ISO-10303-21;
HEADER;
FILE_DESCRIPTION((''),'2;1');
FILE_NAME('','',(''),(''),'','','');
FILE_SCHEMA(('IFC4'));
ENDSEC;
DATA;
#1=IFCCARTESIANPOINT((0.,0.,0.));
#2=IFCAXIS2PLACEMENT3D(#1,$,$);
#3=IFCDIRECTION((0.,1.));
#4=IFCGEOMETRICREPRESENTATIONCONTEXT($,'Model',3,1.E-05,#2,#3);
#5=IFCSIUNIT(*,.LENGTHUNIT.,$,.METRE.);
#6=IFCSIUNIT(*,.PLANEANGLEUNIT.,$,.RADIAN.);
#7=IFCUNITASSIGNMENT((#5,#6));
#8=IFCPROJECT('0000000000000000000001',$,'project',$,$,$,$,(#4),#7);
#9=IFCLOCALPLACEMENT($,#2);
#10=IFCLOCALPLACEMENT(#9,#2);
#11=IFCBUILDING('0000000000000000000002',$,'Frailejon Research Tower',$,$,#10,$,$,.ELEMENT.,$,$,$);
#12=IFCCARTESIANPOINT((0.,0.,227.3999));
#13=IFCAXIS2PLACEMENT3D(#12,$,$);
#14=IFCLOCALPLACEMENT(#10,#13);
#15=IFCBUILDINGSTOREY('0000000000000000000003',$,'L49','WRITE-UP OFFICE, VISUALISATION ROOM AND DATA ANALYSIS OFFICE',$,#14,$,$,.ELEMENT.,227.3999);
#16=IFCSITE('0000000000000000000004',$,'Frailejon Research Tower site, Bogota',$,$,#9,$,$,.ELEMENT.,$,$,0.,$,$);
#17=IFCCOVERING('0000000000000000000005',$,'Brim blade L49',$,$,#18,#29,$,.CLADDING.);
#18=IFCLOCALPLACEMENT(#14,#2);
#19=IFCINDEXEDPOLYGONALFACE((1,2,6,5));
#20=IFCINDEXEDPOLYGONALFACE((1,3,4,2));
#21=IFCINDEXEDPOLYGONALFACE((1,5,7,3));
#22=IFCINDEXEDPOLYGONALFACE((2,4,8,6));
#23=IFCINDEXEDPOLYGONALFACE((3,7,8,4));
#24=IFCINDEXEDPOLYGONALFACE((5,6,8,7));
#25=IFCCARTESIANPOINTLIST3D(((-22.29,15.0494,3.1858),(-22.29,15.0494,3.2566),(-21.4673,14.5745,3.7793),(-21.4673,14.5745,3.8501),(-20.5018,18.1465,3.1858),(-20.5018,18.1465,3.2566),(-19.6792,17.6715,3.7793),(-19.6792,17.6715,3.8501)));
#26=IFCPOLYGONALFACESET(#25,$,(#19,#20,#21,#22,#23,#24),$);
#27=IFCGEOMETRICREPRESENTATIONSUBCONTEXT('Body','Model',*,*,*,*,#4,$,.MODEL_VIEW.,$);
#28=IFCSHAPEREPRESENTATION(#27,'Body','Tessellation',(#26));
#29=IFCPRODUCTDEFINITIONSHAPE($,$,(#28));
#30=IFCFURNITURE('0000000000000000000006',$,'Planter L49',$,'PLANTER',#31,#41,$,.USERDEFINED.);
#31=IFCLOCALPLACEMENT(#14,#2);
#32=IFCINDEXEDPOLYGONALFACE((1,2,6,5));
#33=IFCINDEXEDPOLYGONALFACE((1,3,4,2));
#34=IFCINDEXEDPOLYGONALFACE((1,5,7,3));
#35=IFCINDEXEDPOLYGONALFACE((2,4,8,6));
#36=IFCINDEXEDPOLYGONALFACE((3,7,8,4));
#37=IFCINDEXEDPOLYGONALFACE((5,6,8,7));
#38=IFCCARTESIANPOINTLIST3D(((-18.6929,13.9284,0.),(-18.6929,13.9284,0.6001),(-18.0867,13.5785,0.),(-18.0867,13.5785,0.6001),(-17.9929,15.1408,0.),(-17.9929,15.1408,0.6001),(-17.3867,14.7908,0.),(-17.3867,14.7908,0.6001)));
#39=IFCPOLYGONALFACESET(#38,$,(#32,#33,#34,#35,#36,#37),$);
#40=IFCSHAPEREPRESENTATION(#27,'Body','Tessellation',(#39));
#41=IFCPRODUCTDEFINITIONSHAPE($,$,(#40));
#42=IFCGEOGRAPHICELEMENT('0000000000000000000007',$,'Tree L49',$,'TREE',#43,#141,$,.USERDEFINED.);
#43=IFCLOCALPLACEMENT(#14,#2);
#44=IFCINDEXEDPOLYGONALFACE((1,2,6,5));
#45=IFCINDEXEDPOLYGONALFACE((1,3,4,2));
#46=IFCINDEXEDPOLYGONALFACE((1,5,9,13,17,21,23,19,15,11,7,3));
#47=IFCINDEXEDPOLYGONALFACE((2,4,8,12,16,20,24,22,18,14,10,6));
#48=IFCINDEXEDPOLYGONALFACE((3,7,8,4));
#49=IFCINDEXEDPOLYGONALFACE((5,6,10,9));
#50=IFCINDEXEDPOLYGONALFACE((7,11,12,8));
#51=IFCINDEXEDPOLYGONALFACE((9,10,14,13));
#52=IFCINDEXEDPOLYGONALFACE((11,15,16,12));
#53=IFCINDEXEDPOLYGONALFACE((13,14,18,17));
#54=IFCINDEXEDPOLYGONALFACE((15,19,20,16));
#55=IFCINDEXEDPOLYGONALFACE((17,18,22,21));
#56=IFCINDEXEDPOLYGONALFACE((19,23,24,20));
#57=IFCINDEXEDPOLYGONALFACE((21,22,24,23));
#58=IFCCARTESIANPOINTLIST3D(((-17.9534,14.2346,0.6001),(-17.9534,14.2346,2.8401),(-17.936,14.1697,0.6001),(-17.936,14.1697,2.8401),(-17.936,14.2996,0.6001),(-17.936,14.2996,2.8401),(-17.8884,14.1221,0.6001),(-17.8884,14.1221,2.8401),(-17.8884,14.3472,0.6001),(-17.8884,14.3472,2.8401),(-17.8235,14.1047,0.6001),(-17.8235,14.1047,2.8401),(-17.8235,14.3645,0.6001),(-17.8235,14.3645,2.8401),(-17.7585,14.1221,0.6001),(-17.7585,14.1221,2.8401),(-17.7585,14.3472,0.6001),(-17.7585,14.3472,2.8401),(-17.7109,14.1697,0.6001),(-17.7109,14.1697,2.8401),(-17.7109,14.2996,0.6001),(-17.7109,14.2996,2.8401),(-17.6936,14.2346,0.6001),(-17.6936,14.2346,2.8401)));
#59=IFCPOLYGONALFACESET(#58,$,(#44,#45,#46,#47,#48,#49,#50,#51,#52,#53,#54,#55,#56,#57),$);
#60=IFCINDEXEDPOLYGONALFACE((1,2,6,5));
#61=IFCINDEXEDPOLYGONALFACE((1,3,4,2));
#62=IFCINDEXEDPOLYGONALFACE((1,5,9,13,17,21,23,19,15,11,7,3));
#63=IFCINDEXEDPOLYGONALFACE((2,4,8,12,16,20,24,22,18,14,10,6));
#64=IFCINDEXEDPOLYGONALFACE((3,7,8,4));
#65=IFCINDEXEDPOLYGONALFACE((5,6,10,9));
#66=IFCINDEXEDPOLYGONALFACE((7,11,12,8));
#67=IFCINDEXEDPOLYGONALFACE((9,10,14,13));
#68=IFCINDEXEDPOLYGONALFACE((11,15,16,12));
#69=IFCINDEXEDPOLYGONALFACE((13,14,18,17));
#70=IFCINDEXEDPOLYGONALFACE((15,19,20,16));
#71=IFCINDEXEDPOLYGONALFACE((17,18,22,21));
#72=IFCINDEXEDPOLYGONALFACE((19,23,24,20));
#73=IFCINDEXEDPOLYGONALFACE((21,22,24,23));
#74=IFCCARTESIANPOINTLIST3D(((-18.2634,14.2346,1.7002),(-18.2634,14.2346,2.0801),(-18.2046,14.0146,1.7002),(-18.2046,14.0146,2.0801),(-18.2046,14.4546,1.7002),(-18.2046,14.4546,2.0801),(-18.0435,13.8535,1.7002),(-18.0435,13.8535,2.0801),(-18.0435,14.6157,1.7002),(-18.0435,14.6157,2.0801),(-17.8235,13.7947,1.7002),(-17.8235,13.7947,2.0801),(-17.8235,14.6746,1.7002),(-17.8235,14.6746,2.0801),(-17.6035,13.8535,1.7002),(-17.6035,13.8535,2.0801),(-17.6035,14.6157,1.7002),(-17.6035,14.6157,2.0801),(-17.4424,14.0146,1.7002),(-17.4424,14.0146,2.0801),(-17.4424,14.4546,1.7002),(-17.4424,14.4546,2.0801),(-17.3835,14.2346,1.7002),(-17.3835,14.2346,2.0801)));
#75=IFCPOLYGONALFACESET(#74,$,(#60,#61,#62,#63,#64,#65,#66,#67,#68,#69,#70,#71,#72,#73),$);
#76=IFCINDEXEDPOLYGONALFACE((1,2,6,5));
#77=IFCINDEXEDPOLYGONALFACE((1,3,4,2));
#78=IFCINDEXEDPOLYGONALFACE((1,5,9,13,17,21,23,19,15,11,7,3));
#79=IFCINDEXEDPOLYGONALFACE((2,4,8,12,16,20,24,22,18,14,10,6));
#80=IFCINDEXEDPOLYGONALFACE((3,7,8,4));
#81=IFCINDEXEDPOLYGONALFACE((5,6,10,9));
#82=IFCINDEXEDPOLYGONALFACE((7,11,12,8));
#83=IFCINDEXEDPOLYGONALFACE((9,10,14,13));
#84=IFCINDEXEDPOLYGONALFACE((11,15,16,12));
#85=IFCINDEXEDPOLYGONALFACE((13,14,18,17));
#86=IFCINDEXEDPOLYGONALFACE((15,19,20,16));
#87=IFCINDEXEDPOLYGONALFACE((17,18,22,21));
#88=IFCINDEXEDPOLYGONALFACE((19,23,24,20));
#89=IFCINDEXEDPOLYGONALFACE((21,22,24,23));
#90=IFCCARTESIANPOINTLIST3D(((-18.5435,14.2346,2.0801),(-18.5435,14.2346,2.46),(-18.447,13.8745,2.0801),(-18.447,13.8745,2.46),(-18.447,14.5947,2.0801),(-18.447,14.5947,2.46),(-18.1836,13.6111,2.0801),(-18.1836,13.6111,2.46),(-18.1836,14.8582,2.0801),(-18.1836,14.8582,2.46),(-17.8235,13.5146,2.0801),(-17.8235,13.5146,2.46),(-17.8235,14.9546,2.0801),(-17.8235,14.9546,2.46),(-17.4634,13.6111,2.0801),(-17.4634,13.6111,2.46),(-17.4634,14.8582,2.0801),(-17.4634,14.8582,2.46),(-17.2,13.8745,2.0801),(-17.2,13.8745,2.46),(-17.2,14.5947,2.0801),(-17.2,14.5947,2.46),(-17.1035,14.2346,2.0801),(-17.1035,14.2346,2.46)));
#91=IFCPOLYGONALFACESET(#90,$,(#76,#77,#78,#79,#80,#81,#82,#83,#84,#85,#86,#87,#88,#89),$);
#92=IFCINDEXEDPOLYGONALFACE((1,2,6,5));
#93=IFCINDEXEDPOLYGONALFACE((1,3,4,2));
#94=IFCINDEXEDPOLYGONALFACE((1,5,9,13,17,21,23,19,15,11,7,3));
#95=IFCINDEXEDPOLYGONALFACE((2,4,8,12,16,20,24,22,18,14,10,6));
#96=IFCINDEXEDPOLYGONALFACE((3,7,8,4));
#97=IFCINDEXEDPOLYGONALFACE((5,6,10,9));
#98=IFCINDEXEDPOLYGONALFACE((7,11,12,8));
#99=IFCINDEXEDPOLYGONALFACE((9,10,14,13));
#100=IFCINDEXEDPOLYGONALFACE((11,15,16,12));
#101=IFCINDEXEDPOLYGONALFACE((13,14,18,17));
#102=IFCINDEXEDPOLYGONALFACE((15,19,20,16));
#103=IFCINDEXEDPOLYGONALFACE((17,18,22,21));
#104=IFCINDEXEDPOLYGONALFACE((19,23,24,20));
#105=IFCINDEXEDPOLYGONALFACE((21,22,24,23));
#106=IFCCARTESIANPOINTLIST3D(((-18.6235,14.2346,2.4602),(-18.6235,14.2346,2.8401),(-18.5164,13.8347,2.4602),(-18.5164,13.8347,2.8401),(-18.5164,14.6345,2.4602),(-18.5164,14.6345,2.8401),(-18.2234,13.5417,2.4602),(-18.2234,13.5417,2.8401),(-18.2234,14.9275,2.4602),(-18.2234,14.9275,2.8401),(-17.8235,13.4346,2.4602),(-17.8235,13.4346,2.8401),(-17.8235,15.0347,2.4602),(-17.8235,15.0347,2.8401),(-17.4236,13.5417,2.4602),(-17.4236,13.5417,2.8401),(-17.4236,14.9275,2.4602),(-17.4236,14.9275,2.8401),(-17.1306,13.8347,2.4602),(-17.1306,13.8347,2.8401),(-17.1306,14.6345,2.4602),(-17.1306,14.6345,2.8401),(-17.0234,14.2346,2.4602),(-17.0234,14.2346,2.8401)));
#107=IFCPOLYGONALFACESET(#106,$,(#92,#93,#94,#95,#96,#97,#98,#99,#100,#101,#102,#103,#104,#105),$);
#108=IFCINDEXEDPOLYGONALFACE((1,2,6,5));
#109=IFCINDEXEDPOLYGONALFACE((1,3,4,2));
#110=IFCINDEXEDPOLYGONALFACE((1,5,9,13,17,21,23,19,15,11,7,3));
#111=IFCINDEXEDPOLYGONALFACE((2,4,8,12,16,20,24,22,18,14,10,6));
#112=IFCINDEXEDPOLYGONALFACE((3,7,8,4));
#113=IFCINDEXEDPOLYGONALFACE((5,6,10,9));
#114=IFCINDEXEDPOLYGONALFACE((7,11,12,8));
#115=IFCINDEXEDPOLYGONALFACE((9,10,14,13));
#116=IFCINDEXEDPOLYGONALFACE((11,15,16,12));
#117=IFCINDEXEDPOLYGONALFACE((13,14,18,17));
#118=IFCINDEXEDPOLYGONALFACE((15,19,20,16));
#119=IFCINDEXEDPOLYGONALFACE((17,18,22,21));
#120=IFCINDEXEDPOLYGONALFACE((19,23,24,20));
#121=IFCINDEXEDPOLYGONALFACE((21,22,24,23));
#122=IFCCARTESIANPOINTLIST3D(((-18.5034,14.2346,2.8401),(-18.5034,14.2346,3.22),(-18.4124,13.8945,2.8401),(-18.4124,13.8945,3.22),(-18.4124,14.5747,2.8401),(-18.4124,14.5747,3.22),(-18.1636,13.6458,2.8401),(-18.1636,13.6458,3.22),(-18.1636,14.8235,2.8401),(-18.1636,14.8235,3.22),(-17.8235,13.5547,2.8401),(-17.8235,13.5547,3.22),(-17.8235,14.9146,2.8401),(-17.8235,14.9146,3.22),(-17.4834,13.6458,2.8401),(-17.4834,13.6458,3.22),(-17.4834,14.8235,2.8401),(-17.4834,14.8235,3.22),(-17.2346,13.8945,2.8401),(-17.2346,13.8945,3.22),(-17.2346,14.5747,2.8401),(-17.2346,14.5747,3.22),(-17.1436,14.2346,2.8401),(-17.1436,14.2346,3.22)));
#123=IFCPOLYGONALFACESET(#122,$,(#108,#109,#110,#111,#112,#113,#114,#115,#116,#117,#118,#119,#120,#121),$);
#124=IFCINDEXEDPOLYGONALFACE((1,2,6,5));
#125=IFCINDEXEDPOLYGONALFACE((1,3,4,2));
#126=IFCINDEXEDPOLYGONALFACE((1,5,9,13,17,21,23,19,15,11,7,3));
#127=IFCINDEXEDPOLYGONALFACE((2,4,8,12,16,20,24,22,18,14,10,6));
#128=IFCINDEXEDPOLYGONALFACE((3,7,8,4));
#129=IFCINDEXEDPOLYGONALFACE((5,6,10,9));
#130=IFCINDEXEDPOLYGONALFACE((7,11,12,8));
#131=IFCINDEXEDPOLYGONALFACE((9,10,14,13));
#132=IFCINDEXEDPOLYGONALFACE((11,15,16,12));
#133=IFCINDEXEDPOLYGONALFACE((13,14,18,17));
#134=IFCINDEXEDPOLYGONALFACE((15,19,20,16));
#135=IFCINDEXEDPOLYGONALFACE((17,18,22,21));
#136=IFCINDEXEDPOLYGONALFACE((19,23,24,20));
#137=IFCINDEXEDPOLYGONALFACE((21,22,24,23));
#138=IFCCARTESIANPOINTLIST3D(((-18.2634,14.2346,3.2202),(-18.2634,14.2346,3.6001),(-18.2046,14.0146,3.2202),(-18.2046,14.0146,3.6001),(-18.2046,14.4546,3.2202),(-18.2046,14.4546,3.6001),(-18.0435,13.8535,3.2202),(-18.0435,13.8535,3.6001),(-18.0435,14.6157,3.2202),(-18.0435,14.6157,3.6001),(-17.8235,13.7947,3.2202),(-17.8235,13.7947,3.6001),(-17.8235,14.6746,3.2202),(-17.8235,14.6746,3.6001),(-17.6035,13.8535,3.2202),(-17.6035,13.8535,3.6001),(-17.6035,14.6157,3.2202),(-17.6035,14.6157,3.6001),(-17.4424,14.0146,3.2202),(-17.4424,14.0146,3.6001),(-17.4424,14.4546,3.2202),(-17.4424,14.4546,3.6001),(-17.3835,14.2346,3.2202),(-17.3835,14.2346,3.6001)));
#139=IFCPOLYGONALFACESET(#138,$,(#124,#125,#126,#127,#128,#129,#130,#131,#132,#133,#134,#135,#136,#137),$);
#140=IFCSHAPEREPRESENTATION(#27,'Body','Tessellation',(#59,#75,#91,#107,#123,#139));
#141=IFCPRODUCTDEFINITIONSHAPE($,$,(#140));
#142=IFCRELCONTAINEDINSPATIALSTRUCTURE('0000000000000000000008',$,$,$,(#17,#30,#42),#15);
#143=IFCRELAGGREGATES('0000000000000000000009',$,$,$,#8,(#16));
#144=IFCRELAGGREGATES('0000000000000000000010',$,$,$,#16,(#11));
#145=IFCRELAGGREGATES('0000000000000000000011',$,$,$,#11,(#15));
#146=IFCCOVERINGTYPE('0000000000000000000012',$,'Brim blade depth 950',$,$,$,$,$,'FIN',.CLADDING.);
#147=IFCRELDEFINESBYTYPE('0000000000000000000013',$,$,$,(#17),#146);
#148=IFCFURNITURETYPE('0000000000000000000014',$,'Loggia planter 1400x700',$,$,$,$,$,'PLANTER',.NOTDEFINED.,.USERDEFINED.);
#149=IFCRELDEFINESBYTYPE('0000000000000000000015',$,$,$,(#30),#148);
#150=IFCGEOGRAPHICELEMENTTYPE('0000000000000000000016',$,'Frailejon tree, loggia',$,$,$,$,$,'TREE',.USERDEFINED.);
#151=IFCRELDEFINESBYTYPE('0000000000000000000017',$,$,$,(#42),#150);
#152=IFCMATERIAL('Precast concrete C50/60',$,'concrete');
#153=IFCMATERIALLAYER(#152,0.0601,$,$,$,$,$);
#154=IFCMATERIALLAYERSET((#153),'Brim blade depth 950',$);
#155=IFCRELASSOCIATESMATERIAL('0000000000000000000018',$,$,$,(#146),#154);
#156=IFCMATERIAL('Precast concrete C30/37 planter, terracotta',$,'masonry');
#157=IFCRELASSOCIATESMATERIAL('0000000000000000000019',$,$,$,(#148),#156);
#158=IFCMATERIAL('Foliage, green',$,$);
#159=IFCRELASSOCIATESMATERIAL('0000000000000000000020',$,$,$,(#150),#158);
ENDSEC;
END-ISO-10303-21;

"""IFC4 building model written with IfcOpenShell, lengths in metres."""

from ifc_helpers import new_model, si_unit, direction, frame, origin, origin_2d, place, context, subcontext, project, spatial, polyline, rectangle, outline, extrude, material, layer, layer_set, type_object, element, save


model = new_model("IFC4")

# Units and contexts
model_context = context("Model", 3, precision=1e-05, world=origin(), true_north=direction((0.0, 1.0)))
body_context = subcontext(model_context, "Body", "Model", "MODEL_VIEW")
ifc_project = project(units=[si_unit("LENGTHUNIT", "METRE"), si_unit("PLANEANGLEUNIT", "RADIAN")], contexts=[model_context])

# Site, building, storey
site_placement = place(None, origin())
site = spatial("IfcSite", under=ifc_project, at=site_placement, Name="Frailejon Research Tower site, Bogota", CompositionType="ELEMENT", RefElevation=0.0)
building_placement = place(site_placement, origin())
building = spatial("IfcBuilding", under=site, at=building_placement, Name="Frailejon Research Tower", CompositionType="ELEMENT")
storey_placement = place(building_placement, frame((0.0, 0.0, 227.3999)))
storey = spatial("IfcBuildingStorey", under=building, at=storey_placement, Name="L49", Description="WRITE-UP OFFICE, VISUALISATION ROOM AND DATA ANALYSIS OFFICE", CompositionType="ELEMENT", Elevation=227.3999)

# Covering
ifc_material_1 = material(Name="Precast concrete C50/60", Category="concrete")
ifc_layer_1 = layer(ifc_material_1, 0.0601)
ifc_layer_set_1 = layer_set([ifc_layer_1], Name="Brim blade depth 950")
covering_type_1 = type_object("IfcCoveringType", Name="Brim blade depth 950", ElementType="FIN", PredefinedType="CLADDING", material=ifc_layer_set_1)
covering_1_placement = place(storey_placement, frame((-21.4673, 14.5745, 3.8501), z_axis=(0.50001, 0.86602, 0.0), x_axis=(-0.86602, 0.50001, 0.0)))
element("IfcCovering", 1, at=covering_1_placement, inside=storey, type_object=covering_type_1, Name="Brim blade L49", PredefinedType="CLADDING", context=body_context, shape_type="SweptSolid", body=[
    extrude(outline(polyline([(0.0, -0.0708), (0.95, -0.6643), (0.95, -0.5935), (0.0, 0.0), (0.0, -0.0708)])), origin(), (0.0, 0.0, 1.0), 3.5762),
])

# Furniture
ifc_material_2 = material(Name="Precast concrete C30/37 planter, terracotta", Category="masonry")
furniture_type = type_object("IfcFurnitureType", Name="Loggia planter 1400x700", ElementType="PLANTER", AssemblyPlace="NOTDEFINED", PredefinedType="USERDEFINED", material=ifc_material_2)
furniture_placement = place(storey_placement, frame((-18.0398, 14.3596, 0.0), z_axis=(0.0, 0.0, 1.0), x_axis=(-0.5, -0.866025, 0.0)))
element("IfcFurniture", 2, at=furniture_placement, inside=storey, type_object=furniture_type, Name="Planter L49", ObjectType="PLANTER", PredefinedType="USERDEFINED", context=body_context, shape_type="SweptSolid", body=[
    extrude(rectangle(XDim=1.3999, YDim=0.7, at=origin_2d()), origin(), (0.0, 0.0, 1.0), 0.6001),
])

# Geographic element
ifc_material_3 = material(Name="Foliage, green")
geographic_element_type = type_object("IfcGeographicElementType", Name="Frailejon tree, loggia", ElementType="TREE", PredefinedType="USERDEFINED", material=ifc_material_3)
geographic_element_placement = place(storey_placement, frame((-17.8235, 14.2346, 0.6001)))
element("IfcGeographicElement", 3, at=geographic_element_placement, inside=storey, type_object=geographic_element_type, Name="Tree L49", ObjectType="TREE", PredefinedType="USERDEFINED", context=body_context, shape_type="SweptSolid", body=[
    extrude(outline(polyline([(0.1299, 0.0), (0.1125, 0.0649), (0.0649, 0.1125), (0.0, 0.1299), (-0.0649, 0.1125), (-0.1125, 0.0649), (-0.1299, 0.0), (-0.1125, -0.0649), (-0.0649, -0.1125), (0.0, -0.1299), (0.0649, -0.1125), (0.1125, -0.0649), (0.1299, 0.0)])), origin(), (0.0, 0.0, 1.0), 2.24),
    extrude(outline(polyline([(0.4399, 0.0), (0.3811, 0.22), (0.22, 0.3811), (0.0, 0.4399), (-0.22, 0.3811), (-0.3811, 0.22), (-0.4399, 0.0), (-0.3811, -0.22), (-0.22, -0.3811), (0.0, -0.4399), (0.22, -0.3811), (0.3811, -0.22), (0.4399, 0.0)])), frame((0.0, 0.0, 1.1001)), (0.0, 0.0, 1.0), 0.3799),
    extrude(outline(polyline([(0.72, 0.0), (0.6235, 0.3601), (0.3601, 0.6235), (0.0, 0.72), (-0.3601, 0.6235), (-0.6235, 0.3601), (-0.72, 0.0), (-0.6235, -0.3601), (-0.3601, -0.6235), (0.0, -0.72), (0.3601, -0.6235), (0.6235, -0.3601), (0.72, 0.0)])), frame((0.0, 0.0, 1.48)), (0.0, 0.0, 1.0), 0.3799),
    extrude(outline(polyline([(0.8, 0.0), (0.6929, 0.3999), (0.3999, 0.6929), (0.0, 0.8), (-0.3999, 0.6929), (-0.6929, 0.3999), (-0.8, 0.0), (-0.6929, -0.3999), (-0.3999, -0.6929), (0.0, -0.8), (0.3999, -0.6929), (0.6929, -0.3999), (0.8, 0.0)])), frame((0.0, 0.0, 1.8601)), (0.0, 0.0, 1.0), 0.3799),
    extrude(outline(polyline([(0.6799, 0.0), (0.5889, 0.3401), (0.3401, 0.5889), (0.0, 0.6799), (-0.3401, 0.5889), (-0.5889, 0.3401), (-0.6799, 0.0), (-0.5889, -0.3401), (-0.3401, -0.5889), (0.0, -0.6799), (0.3401, -0.5889), (0.5889, -0.3401), (0.6799, 0.0)])), frame((0.0, 0.0, 2.24)), (0.0, 0.0, 1.0), 0.3799),
    extrude(outline(polyline([(0.4399, 0.0), (0.3811, 0.22), (0.22, 0.3811), (0.0, 0.4399), (-0.22, 0.3811), (-0.3811, 0.22), (-0.4399, 0.0), (-0.3811, -0.22), (-0.22, -0.3811), (0.0, -0.4399), (0.22, -0.3811), (0.3811, -0.22), (0.4399, 0.0)])), frame((0.0, 0.0, 2.6201)), (0.0, 0.0, 1.0), 0.3799),
])

save(model, "model.ifc")
